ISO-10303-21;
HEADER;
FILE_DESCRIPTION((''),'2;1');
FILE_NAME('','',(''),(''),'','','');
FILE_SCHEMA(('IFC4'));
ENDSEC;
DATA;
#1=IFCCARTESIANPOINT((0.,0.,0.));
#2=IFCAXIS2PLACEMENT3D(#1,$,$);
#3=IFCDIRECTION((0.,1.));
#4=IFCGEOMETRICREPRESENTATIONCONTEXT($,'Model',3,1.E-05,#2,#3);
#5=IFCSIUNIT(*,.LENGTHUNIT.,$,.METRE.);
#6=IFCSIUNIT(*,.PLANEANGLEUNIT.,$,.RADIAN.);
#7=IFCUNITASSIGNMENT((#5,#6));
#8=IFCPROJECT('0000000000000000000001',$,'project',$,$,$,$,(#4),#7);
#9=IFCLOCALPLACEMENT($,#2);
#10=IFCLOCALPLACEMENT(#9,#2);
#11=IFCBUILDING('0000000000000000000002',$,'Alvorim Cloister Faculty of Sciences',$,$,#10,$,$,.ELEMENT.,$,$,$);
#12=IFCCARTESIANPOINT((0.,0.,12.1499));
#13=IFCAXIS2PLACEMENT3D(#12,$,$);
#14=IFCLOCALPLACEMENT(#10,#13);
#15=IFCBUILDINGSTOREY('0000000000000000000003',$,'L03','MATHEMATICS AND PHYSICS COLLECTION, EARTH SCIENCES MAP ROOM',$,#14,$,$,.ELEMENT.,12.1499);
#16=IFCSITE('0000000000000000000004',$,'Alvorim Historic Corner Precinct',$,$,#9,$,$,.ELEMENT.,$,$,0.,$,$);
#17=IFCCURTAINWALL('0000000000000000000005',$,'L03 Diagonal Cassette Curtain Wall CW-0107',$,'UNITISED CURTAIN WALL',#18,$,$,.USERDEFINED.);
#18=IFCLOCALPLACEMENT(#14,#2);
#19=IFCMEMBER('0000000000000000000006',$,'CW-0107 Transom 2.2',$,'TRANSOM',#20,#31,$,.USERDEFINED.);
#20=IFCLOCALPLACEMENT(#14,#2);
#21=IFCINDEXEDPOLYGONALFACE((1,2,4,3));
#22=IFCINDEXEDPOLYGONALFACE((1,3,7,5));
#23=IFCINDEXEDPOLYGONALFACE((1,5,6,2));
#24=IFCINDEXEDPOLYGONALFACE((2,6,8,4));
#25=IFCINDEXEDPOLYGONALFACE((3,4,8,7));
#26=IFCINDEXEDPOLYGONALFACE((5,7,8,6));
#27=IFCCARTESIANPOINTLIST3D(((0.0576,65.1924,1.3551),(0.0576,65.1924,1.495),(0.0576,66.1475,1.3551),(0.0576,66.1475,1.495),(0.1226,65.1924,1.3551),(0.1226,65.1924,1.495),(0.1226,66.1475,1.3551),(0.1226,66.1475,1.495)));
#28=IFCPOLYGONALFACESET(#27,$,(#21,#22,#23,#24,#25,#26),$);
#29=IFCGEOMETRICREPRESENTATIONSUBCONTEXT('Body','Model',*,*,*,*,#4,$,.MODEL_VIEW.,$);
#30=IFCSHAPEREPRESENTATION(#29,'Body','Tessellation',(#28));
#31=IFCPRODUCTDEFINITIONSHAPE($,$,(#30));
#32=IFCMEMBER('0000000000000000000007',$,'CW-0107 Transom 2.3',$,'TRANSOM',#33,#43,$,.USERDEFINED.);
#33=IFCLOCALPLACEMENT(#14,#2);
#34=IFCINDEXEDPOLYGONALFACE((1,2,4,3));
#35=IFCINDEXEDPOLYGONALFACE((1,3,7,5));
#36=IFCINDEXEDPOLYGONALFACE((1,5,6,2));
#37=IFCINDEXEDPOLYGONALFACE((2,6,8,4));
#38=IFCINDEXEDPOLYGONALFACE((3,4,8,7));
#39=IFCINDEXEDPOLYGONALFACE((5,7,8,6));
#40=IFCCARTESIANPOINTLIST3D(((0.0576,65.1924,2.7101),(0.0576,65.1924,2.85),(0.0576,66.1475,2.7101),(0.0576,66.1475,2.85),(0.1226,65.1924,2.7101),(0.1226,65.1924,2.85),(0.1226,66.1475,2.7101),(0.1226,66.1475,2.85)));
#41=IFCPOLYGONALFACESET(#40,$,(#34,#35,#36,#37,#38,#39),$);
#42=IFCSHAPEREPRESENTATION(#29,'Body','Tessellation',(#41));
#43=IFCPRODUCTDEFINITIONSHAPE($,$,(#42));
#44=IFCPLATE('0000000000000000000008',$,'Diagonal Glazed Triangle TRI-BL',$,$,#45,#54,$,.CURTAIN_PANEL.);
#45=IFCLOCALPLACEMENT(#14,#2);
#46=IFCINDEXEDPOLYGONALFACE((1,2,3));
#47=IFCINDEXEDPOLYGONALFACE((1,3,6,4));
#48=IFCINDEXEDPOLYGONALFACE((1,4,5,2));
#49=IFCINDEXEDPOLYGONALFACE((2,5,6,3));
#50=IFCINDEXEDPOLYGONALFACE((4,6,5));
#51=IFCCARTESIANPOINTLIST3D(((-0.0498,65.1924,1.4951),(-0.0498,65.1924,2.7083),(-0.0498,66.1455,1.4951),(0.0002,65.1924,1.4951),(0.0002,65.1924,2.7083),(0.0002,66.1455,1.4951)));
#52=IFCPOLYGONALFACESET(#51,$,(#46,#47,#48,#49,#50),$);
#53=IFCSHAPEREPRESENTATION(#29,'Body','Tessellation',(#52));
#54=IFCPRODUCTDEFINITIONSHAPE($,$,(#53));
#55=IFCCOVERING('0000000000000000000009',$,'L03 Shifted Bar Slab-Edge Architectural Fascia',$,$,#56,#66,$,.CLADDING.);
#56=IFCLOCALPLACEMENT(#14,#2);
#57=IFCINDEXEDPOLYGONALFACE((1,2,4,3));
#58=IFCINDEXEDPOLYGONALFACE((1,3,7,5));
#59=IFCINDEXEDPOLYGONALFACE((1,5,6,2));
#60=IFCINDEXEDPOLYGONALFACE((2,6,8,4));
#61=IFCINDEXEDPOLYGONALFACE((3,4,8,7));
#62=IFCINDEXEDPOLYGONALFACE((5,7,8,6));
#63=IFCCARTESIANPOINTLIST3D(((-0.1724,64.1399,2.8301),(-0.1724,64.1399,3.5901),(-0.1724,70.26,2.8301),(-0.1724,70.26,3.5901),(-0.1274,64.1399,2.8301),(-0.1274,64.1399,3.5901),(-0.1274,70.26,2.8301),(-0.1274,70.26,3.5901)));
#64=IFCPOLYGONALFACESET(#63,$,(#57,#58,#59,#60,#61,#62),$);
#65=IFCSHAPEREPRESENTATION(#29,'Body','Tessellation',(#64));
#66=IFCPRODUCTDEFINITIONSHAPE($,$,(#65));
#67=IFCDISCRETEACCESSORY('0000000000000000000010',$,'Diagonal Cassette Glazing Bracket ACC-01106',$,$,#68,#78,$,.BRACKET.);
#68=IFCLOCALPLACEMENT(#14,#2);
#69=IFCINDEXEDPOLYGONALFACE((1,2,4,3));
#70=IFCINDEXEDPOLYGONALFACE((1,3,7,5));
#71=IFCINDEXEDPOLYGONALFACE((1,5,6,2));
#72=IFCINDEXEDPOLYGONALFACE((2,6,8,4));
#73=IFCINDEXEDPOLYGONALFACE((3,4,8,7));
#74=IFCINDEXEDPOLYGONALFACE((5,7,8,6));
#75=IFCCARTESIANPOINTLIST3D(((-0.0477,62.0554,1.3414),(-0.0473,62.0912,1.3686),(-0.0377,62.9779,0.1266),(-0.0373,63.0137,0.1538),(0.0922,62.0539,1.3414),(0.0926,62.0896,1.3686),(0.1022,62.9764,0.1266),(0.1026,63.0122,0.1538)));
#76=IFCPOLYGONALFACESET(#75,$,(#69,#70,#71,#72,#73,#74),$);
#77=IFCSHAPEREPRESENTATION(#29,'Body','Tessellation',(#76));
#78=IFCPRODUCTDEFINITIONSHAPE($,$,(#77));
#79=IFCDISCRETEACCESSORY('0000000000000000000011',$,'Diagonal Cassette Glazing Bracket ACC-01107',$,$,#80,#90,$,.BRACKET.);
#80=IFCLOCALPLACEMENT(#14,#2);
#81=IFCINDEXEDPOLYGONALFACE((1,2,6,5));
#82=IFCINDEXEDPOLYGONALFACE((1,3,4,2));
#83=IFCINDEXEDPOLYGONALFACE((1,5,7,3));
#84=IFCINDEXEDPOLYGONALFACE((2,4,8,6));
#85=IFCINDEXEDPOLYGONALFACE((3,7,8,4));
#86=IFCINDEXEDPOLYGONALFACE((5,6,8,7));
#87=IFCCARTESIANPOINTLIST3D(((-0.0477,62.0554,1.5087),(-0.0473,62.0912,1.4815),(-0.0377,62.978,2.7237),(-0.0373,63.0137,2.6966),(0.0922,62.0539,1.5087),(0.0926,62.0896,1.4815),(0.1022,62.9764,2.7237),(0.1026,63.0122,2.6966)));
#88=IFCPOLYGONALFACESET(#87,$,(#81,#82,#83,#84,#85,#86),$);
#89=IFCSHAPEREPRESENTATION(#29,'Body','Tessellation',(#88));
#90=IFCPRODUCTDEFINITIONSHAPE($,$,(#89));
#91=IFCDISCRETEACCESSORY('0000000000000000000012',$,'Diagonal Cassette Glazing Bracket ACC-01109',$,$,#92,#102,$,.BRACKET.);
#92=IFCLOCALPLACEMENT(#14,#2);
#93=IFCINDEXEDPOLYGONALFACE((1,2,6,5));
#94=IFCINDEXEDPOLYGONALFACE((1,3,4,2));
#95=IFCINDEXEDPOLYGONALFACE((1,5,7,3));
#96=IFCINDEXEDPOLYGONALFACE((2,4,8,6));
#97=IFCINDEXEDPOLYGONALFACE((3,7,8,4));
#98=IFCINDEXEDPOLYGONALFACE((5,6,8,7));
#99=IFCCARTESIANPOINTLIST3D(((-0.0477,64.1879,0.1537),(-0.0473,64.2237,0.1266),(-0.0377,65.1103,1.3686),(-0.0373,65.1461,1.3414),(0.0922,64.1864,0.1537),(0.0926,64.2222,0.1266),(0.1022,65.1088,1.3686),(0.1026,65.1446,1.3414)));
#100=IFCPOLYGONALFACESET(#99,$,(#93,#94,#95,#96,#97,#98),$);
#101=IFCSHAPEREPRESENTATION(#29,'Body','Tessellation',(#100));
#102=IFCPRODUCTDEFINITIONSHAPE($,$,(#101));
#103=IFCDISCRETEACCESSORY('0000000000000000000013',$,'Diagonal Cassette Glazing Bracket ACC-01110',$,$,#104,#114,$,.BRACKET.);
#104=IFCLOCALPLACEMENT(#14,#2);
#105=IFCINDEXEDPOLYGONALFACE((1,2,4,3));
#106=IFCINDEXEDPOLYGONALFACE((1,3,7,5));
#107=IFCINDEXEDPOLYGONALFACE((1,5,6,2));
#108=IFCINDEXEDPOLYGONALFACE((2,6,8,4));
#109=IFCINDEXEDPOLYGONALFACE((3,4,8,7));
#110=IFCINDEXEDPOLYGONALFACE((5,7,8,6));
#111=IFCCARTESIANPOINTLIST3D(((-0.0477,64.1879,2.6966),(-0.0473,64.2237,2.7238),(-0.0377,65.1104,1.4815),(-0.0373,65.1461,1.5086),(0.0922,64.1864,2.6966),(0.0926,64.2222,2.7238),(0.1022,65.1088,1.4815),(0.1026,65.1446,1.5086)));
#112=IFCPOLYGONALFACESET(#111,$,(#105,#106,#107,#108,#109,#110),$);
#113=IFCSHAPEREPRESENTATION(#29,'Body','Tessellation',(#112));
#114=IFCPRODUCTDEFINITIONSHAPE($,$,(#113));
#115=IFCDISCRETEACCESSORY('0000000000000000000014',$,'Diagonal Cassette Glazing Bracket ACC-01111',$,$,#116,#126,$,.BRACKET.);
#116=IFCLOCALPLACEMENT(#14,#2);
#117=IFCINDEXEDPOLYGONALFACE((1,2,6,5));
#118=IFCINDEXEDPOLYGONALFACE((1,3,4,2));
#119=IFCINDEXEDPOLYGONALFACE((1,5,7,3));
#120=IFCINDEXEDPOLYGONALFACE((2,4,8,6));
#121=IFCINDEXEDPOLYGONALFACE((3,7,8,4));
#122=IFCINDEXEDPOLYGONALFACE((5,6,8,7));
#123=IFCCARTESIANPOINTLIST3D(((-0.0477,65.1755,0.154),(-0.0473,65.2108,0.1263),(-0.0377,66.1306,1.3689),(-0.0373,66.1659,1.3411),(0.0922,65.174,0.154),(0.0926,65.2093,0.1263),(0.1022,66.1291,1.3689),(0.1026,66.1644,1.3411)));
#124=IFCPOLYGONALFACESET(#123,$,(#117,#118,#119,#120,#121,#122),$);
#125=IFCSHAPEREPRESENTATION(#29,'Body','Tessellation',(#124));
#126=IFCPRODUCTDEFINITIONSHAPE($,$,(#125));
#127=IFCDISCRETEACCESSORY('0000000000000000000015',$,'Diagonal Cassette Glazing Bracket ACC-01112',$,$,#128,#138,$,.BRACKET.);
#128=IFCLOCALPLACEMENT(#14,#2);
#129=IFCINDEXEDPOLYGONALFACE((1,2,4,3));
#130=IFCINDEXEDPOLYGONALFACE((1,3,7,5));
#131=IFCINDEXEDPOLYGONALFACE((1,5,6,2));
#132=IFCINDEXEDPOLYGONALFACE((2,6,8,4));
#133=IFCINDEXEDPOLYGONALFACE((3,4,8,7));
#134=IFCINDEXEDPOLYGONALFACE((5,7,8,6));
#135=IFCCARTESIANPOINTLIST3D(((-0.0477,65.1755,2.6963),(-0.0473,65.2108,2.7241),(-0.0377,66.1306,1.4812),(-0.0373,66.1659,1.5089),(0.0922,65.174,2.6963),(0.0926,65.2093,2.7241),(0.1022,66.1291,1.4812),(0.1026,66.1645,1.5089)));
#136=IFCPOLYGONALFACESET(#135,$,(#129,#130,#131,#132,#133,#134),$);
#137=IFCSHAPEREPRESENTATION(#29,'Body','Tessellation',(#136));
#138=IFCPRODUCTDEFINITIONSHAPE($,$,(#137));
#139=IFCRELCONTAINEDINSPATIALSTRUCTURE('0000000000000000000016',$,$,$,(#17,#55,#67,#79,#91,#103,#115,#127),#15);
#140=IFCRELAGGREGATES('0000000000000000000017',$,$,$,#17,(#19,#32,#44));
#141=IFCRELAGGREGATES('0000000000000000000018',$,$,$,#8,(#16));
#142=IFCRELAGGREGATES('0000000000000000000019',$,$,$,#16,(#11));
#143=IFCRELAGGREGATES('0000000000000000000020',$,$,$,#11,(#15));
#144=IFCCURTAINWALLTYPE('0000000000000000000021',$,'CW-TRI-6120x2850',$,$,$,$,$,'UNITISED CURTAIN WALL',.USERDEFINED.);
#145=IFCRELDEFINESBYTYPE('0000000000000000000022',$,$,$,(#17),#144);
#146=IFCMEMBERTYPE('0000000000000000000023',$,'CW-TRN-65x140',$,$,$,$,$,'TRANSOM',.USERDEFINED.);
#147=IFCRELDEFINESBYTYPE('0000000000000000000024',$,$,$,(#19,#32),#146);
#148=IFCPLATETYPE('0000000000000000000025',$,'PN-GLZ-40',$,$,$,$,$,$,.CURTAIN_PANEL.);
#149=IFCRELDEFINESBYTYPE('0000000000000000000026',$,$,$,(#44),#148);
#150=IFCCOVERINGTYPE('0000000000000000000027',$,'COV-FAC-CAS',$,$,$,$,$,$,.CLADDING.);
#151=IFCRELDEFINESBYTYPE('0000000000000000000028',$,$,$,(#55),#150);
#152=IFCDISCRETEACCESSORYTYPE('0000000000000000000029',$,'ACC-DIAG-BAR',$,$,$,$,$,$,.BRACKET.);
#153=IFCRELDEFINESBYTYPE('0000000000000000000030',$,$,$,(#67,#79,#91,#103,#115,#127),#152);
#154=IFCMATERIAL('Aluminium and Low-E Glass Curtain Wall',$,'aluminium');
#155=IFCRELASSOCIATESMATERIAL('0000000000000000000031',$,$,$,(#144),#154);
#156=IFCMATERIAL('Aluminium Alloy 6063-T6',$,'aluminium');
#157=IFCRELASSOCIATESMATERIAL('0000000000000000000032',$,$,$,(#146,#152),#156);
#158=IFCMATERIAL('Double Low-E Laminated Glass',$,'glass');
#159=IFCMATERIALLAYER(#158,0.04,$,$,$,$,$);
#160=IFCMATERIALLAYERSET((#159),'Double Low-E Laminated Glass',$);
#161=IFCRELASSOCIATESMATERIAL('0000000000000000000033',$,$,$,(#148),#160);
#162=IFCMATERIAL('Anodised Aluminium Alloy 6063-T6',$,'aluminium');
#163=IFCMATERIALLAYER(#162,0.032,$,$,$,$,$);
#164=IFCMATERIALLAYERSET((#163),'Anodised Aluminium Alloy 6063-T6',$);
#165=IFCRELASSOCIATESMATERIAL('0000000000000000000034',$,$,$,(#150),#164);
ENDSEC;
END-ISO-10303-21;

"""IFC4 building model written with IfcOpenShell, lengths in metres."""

from ifc_helpers import new_model, si_unit, direction, frame, origin, origin_2d, place, context, subcontext, project, spatial, polyline, rectangle, outline, extrude, material, layer, layer_set, material_profile, profile_set, type_object, element, aggregate, save


model = new_model("IFC4")

# Units and contexts
model_context = context("Model", 3, precision=1e-05, world=origin(), true_north=direction((0.0, 1.0)))
body_context = subcontext(model_context, "Body", "Model", "MODEL_VIEW")
ifc_project = project(units=[si_unit("LENGTHUNIT", "METRE"), si_unit("PLANEANGLEUNIT", "RADIAN")], contexts=[model_context])

# Site, building, storey
site_placement = place(None, origin())
site = spatial("IfcSite", under=ifc_project, at=site_placement, Name="Alvorim Historic Corner Precinct", CompositionType="ELEMENT", RefElevation=0.0)
building_placement = place(site_placement, origin())
building = spatial("IfcBuilding", under=site, at=building_placement, Name="Alvorim Cloister Faculty of Sciences", CompositionType="ELEMENT")
storey_placement = place(building_placement, frame((0.0, 0.0, 12.1499)))
storey = spatial("IfcBuildingStorey", under=building, at=storey_placement, Name="L03", Description="MATHEMATICS AND PHYSICS COLLECTION, EARTH SCIENCES MAP ROOM", CompositionType="ELEMENT", Elevation=12.1499)

# Curtain wall
ifc_material_1 = material(Name="Aluminium and Low-E Glass Curtain Wall", Category="aluminium")
curtain_wall_type = type_object("IfcCurtainWallType", Name="CW-TRI-6120x2850", ElementType="UNITISED CURTAIN WALL", PredefinedType="USERDEFINED", material=ifc_material_1)
ifc_material_2 = material(Name="Aluminium Alloy 6063-T6", Category="aluminium")
curtain_wall_1_placement = place(storey_placement, origin())
curtain_wall_1 = element("IfcCurtainWall", 1, at=curtain_wall_1_placement, inside=storey, type_object=curtain_wall_type, Name="L03 Diagonal Cassette Curtain Wall CW-0107", ObjectType="UNITISED CURTAIN WALL", PredefinedType="USERDEFINED")

# Members
ifc_material_profile_1 = material_profile(ifc_material_2, rectangle(XDim=0.0649, YDim=0.1399, at=origin_2d()), Name="ALU-TRN-65x140")
ifc_profile_set_1 = profile_set([ifc_material_profile_1], Name="Aluminium Alloy 6063-T6")
member_type_1 = type_object("IfcMemberType", Name="CW-TRN-65x140", ElementType="TRANSOM", PredefinedType="USERDEFINED", material=ifc_profile_set_1)
member_1_placement = place(storey_placement, frame((0.0901, 65.1924, 1.425), z_axis=(0.0, 1.0, 0.0), x_axis=(-1.0, 0.0, 0.0)))
member_1 = element("IfcMember", 2, at=member_1_placement, type_object=member_type_1, Name="CW-0107 Transom 2.2", ObjectType="TRANSOM", PredefinedType="USERDEFINED", context=body_context, shape_type="SweptSolid", body=[
    extrude(rectangle(XDim=0.0649, YDim=0.1399, at=origin_2d()), origin(), (0.0, 0.0, 1.0), 0.9551),
])
member_2_placement = place(storey_placement, frame((0.0901, 65.1924, 2.78), z_axis=(0.0, 1.0, 0.0), x_axis=(-1.0, 0.0, 0.0)))
member_2 = element("IfcMember", 3, at=member_2_placement, type_object=member_type_1, Name="CW-0107 Transom 2.3", ObjectType="TRANSOM", PredefinedType="USERDEFINED", context=body_context, shape_type="SweptSolid", body=[
    extrude(rectangle(XDim=0.0649, YDim=0.1399, at=origin_2d()), origin(), (0.0, 0.0, 1.0), 0.9551),
])

# Plate
ifc_material_3 = material(Name="Double Low-E Laminated Glass", Category="glass")
ifc_layer_1 = layer(ifc_material_3, 0.04)
ifc_layer_set_1 = layer_set([ifc_layer_1], Name="Double Low-E Laminated Glass")
plate_type = type_object("IfcPlateType", Name="PN-GLZ-40", PredefinedType="CURTAIN_PANEL", material=ifc_layer_set_1)
plate_1_placement = place(storey_placement, frame((-0.0249, 65.1924, 1.4951), z_axis=(0.0, 0.0, 1.0), x_axis=(0.0, 1.0, 0.0)))
plate_1 = element("IfcPlate", 4, at=plate_1_placement, type_object=plate_type, Name="Diagonal Glazed Triangle TRI-BL", PredefinedType="CURTAIN_PANEL", context=body_context, shape_type="SweptSolid", body=[
    extrude(outline(polyline([(0.0, 0.0), (0.9531, 0.0), (0.0, 1.2131), (0.0, 0.0)])), frame((0.0, 0.0249, 0.0), z_axis=(0.0, -1.0, 0.0), x_axis=(1.0, 0.0, 0.0)), (0.0, 0.0, 1.0), 0.05),
])
aggregate(curtain_wall_1, [member_1, member_2, plate_1])

# Covering
ifc_material_4 = material(Name="Anodised Aluminium Alloy 6063-T6", Category="aluminium")
ifc_layer_2 = layer(ifc_material_4, 0.032)
ifc_layer_set_2 = layer_set([ifc_layer_2], Name="Anodised Aluminium Alloy 6063-T6")
covering_type = type_object("IfcCoveringType", Name="COV-FAC-CAS", PredefinedType="CLADDING", material=ifc_layer_set_2)
covering_placement = place(storey_placement, frame((-0.1499, 64.1399, 2.8301), z_axis=(0.0, 0.0, 1.0), x_axis=(0.0, 1.0, 0.0)))
element("IfcCovering", 5, at=covering_placement, inside=storey, type_object=covering_type, Name="L03 Shifted Bar Slab-Edge Architectural Fascia", PredefinedType="CLADDING", context=body_context, shape_type="SweptSolid", body=[
    extrude(outline(polyline([(0.0, 0.0), (6.1201, 0.0), (6.1201, 0.76), (0.0, 0.76), (0.0, 0.0)])), frame((0.0, 0.0225, 0.0), z_axis=(0.0, -1.0, 0.0), x_axis=(1.0, 0.0, 0.0)), (0.0, 0.0, 1.0), 0.0449),
])

# Discrete accessories
discrete_accessory_type = type_object("IfcDiscreteAccessoryType", Name="ACC-DIAG-BAR", PredefinedType="BRACKET", material=ifc_material_2)
discrete_accessory_1_placement = place(storey_placement, frame((0.0225, 62.0725, 1.355), z_axis=(0.006562, 0.60479, -0.796358), x_axis=(-0.999941, 0.010849, 0.0)))
element("IfcDiscreteAccessory", 6, at=discrete_accessory_1_placement, inside=storey, type_object=discrete_accessory_type, Name="Diagonal Cassette Glazing Bracket ACC-01106", PredefinedType="BRACKET", context=body_context, shape_type="SweptSolid", body=[
    extrude(rectangle(XDim=0.1399, YDim=0.0449, at=origin_2d()), origin(), (0.0, 0.0, 1.0), 1.5254),
])
discrete_accessory_2_placement = place(storey_placement, frame((0.0225, 62.0725, 1.4951), z_axis=(0.006561, 0.604713, 0.796416), x_axis=(-0.999941, 0.010849, 0.0)))
element("IfcDiscreteAccessory", 7, at=discrete_accessory_2_placement, inside=storey, type_object=discrete_accessory_type, Name="Diagonal Cassette Glazing Bracket ACC-01107", PredefinedType="BRACKET", context=body_context, shape_type="SweptSolid", body=[
    extrude(rectangle(XDim=0.1399, YDim=0.0449, at=origin_2d()), origin(), (0.0, 0.0, 1.0), 1.5256),
])
discrete_accessory_3_placement = place(storey_placement, frame((0.0225, 64.2051, 0.1401), z_axis=(0.006562, 0.604689, 0.796435), x_axis=(-0.999941, 0.010852, 0.0)))
element("IfcDiscreteAccessory", 8, at=discrete_accessory_3_placement, inside=storey, type_object=discrete_accessory_type, Name="Diagonal Cassette Glazing Bracket ACC-01109", PredefinedType="BRACKET", context=body_context, shape_type="SweptSolid", body=[
    extrude(rectangle(XDim=0.1399, YDim=0.0449, at=origin_2d()), origin(), (0.0, 0.0, 1.0), 1.5254),
])
discrete_accessory_4_placement = place(storey_placement, frame((0.0225, 64.2051, 2.7102), z_axis=(0.006561, 0.604612, -0.796493), x_axis=(-0.999941, 0.010852, 0.0)))
element("IfcDiscreteAccessory", 9, at=discrete_accessory_4_placement, inside=storey, type_object=discrete_accessory_type, Name="Diagonal Cassette Glazing Bracket ACC-01110", PredefinedType="BRACKET", context=body_context, shape_type="SweptSolid", body=[
    extrude(rectangle(XDim=0.1399, YDim=0.0449, at=origin_2d()), origin(), (0.0, 0.0, 1.0), 1.5256),
])
discrete_accessory_5_placement = place(storey_placement, frame((0.0225, 65.1924, 0.1401), z_axis=(0.006477, 0.618032, 0.786126), x_axis=(-0.999945, 0.01048, 0.0)))
element("IfcDiscreteAccessory", 10, at=discrete_accessory_5_placement, inside=storey, type_object=discrete_accessory_type, Name="Diagonal Cassette Glazing Bracket ACC-01111", PredefinedType="BRACKET", context=body_context, shape_type="SweptSolid", body=[
    extrude(rectangle(XDim=0.1399, YDim=0.0449, at=origin_2d()), origin(), (0.0, 0.0, 1.0), 1.5454),
])
discrete_accessory_6_placement = place(storey_placement, frame((0.0225, 65.1924, 2.7102), z_axis=(0.006477, 0.617955, -0.786187), x_axis=(-0.999945, 0.01048, 0.0)))
element("IfcDiscreteAccessory", 11, at=discrete_accessory_6_placement, inside=storey, type_object=discrete_accessory_type, Name="Diagonal Cassette Glazing Bracket ACC-01112", PredefinedType="BRACKET", context=body_context, shape_type="SweptSolid", body=[
    extrude(rectangle(XDim=0.1399, YDim=0.0449, at=origin_2d()), origin(), (0.0, 0.0, 1.0), 1.5457),
])

save(model, "model.ifc")
